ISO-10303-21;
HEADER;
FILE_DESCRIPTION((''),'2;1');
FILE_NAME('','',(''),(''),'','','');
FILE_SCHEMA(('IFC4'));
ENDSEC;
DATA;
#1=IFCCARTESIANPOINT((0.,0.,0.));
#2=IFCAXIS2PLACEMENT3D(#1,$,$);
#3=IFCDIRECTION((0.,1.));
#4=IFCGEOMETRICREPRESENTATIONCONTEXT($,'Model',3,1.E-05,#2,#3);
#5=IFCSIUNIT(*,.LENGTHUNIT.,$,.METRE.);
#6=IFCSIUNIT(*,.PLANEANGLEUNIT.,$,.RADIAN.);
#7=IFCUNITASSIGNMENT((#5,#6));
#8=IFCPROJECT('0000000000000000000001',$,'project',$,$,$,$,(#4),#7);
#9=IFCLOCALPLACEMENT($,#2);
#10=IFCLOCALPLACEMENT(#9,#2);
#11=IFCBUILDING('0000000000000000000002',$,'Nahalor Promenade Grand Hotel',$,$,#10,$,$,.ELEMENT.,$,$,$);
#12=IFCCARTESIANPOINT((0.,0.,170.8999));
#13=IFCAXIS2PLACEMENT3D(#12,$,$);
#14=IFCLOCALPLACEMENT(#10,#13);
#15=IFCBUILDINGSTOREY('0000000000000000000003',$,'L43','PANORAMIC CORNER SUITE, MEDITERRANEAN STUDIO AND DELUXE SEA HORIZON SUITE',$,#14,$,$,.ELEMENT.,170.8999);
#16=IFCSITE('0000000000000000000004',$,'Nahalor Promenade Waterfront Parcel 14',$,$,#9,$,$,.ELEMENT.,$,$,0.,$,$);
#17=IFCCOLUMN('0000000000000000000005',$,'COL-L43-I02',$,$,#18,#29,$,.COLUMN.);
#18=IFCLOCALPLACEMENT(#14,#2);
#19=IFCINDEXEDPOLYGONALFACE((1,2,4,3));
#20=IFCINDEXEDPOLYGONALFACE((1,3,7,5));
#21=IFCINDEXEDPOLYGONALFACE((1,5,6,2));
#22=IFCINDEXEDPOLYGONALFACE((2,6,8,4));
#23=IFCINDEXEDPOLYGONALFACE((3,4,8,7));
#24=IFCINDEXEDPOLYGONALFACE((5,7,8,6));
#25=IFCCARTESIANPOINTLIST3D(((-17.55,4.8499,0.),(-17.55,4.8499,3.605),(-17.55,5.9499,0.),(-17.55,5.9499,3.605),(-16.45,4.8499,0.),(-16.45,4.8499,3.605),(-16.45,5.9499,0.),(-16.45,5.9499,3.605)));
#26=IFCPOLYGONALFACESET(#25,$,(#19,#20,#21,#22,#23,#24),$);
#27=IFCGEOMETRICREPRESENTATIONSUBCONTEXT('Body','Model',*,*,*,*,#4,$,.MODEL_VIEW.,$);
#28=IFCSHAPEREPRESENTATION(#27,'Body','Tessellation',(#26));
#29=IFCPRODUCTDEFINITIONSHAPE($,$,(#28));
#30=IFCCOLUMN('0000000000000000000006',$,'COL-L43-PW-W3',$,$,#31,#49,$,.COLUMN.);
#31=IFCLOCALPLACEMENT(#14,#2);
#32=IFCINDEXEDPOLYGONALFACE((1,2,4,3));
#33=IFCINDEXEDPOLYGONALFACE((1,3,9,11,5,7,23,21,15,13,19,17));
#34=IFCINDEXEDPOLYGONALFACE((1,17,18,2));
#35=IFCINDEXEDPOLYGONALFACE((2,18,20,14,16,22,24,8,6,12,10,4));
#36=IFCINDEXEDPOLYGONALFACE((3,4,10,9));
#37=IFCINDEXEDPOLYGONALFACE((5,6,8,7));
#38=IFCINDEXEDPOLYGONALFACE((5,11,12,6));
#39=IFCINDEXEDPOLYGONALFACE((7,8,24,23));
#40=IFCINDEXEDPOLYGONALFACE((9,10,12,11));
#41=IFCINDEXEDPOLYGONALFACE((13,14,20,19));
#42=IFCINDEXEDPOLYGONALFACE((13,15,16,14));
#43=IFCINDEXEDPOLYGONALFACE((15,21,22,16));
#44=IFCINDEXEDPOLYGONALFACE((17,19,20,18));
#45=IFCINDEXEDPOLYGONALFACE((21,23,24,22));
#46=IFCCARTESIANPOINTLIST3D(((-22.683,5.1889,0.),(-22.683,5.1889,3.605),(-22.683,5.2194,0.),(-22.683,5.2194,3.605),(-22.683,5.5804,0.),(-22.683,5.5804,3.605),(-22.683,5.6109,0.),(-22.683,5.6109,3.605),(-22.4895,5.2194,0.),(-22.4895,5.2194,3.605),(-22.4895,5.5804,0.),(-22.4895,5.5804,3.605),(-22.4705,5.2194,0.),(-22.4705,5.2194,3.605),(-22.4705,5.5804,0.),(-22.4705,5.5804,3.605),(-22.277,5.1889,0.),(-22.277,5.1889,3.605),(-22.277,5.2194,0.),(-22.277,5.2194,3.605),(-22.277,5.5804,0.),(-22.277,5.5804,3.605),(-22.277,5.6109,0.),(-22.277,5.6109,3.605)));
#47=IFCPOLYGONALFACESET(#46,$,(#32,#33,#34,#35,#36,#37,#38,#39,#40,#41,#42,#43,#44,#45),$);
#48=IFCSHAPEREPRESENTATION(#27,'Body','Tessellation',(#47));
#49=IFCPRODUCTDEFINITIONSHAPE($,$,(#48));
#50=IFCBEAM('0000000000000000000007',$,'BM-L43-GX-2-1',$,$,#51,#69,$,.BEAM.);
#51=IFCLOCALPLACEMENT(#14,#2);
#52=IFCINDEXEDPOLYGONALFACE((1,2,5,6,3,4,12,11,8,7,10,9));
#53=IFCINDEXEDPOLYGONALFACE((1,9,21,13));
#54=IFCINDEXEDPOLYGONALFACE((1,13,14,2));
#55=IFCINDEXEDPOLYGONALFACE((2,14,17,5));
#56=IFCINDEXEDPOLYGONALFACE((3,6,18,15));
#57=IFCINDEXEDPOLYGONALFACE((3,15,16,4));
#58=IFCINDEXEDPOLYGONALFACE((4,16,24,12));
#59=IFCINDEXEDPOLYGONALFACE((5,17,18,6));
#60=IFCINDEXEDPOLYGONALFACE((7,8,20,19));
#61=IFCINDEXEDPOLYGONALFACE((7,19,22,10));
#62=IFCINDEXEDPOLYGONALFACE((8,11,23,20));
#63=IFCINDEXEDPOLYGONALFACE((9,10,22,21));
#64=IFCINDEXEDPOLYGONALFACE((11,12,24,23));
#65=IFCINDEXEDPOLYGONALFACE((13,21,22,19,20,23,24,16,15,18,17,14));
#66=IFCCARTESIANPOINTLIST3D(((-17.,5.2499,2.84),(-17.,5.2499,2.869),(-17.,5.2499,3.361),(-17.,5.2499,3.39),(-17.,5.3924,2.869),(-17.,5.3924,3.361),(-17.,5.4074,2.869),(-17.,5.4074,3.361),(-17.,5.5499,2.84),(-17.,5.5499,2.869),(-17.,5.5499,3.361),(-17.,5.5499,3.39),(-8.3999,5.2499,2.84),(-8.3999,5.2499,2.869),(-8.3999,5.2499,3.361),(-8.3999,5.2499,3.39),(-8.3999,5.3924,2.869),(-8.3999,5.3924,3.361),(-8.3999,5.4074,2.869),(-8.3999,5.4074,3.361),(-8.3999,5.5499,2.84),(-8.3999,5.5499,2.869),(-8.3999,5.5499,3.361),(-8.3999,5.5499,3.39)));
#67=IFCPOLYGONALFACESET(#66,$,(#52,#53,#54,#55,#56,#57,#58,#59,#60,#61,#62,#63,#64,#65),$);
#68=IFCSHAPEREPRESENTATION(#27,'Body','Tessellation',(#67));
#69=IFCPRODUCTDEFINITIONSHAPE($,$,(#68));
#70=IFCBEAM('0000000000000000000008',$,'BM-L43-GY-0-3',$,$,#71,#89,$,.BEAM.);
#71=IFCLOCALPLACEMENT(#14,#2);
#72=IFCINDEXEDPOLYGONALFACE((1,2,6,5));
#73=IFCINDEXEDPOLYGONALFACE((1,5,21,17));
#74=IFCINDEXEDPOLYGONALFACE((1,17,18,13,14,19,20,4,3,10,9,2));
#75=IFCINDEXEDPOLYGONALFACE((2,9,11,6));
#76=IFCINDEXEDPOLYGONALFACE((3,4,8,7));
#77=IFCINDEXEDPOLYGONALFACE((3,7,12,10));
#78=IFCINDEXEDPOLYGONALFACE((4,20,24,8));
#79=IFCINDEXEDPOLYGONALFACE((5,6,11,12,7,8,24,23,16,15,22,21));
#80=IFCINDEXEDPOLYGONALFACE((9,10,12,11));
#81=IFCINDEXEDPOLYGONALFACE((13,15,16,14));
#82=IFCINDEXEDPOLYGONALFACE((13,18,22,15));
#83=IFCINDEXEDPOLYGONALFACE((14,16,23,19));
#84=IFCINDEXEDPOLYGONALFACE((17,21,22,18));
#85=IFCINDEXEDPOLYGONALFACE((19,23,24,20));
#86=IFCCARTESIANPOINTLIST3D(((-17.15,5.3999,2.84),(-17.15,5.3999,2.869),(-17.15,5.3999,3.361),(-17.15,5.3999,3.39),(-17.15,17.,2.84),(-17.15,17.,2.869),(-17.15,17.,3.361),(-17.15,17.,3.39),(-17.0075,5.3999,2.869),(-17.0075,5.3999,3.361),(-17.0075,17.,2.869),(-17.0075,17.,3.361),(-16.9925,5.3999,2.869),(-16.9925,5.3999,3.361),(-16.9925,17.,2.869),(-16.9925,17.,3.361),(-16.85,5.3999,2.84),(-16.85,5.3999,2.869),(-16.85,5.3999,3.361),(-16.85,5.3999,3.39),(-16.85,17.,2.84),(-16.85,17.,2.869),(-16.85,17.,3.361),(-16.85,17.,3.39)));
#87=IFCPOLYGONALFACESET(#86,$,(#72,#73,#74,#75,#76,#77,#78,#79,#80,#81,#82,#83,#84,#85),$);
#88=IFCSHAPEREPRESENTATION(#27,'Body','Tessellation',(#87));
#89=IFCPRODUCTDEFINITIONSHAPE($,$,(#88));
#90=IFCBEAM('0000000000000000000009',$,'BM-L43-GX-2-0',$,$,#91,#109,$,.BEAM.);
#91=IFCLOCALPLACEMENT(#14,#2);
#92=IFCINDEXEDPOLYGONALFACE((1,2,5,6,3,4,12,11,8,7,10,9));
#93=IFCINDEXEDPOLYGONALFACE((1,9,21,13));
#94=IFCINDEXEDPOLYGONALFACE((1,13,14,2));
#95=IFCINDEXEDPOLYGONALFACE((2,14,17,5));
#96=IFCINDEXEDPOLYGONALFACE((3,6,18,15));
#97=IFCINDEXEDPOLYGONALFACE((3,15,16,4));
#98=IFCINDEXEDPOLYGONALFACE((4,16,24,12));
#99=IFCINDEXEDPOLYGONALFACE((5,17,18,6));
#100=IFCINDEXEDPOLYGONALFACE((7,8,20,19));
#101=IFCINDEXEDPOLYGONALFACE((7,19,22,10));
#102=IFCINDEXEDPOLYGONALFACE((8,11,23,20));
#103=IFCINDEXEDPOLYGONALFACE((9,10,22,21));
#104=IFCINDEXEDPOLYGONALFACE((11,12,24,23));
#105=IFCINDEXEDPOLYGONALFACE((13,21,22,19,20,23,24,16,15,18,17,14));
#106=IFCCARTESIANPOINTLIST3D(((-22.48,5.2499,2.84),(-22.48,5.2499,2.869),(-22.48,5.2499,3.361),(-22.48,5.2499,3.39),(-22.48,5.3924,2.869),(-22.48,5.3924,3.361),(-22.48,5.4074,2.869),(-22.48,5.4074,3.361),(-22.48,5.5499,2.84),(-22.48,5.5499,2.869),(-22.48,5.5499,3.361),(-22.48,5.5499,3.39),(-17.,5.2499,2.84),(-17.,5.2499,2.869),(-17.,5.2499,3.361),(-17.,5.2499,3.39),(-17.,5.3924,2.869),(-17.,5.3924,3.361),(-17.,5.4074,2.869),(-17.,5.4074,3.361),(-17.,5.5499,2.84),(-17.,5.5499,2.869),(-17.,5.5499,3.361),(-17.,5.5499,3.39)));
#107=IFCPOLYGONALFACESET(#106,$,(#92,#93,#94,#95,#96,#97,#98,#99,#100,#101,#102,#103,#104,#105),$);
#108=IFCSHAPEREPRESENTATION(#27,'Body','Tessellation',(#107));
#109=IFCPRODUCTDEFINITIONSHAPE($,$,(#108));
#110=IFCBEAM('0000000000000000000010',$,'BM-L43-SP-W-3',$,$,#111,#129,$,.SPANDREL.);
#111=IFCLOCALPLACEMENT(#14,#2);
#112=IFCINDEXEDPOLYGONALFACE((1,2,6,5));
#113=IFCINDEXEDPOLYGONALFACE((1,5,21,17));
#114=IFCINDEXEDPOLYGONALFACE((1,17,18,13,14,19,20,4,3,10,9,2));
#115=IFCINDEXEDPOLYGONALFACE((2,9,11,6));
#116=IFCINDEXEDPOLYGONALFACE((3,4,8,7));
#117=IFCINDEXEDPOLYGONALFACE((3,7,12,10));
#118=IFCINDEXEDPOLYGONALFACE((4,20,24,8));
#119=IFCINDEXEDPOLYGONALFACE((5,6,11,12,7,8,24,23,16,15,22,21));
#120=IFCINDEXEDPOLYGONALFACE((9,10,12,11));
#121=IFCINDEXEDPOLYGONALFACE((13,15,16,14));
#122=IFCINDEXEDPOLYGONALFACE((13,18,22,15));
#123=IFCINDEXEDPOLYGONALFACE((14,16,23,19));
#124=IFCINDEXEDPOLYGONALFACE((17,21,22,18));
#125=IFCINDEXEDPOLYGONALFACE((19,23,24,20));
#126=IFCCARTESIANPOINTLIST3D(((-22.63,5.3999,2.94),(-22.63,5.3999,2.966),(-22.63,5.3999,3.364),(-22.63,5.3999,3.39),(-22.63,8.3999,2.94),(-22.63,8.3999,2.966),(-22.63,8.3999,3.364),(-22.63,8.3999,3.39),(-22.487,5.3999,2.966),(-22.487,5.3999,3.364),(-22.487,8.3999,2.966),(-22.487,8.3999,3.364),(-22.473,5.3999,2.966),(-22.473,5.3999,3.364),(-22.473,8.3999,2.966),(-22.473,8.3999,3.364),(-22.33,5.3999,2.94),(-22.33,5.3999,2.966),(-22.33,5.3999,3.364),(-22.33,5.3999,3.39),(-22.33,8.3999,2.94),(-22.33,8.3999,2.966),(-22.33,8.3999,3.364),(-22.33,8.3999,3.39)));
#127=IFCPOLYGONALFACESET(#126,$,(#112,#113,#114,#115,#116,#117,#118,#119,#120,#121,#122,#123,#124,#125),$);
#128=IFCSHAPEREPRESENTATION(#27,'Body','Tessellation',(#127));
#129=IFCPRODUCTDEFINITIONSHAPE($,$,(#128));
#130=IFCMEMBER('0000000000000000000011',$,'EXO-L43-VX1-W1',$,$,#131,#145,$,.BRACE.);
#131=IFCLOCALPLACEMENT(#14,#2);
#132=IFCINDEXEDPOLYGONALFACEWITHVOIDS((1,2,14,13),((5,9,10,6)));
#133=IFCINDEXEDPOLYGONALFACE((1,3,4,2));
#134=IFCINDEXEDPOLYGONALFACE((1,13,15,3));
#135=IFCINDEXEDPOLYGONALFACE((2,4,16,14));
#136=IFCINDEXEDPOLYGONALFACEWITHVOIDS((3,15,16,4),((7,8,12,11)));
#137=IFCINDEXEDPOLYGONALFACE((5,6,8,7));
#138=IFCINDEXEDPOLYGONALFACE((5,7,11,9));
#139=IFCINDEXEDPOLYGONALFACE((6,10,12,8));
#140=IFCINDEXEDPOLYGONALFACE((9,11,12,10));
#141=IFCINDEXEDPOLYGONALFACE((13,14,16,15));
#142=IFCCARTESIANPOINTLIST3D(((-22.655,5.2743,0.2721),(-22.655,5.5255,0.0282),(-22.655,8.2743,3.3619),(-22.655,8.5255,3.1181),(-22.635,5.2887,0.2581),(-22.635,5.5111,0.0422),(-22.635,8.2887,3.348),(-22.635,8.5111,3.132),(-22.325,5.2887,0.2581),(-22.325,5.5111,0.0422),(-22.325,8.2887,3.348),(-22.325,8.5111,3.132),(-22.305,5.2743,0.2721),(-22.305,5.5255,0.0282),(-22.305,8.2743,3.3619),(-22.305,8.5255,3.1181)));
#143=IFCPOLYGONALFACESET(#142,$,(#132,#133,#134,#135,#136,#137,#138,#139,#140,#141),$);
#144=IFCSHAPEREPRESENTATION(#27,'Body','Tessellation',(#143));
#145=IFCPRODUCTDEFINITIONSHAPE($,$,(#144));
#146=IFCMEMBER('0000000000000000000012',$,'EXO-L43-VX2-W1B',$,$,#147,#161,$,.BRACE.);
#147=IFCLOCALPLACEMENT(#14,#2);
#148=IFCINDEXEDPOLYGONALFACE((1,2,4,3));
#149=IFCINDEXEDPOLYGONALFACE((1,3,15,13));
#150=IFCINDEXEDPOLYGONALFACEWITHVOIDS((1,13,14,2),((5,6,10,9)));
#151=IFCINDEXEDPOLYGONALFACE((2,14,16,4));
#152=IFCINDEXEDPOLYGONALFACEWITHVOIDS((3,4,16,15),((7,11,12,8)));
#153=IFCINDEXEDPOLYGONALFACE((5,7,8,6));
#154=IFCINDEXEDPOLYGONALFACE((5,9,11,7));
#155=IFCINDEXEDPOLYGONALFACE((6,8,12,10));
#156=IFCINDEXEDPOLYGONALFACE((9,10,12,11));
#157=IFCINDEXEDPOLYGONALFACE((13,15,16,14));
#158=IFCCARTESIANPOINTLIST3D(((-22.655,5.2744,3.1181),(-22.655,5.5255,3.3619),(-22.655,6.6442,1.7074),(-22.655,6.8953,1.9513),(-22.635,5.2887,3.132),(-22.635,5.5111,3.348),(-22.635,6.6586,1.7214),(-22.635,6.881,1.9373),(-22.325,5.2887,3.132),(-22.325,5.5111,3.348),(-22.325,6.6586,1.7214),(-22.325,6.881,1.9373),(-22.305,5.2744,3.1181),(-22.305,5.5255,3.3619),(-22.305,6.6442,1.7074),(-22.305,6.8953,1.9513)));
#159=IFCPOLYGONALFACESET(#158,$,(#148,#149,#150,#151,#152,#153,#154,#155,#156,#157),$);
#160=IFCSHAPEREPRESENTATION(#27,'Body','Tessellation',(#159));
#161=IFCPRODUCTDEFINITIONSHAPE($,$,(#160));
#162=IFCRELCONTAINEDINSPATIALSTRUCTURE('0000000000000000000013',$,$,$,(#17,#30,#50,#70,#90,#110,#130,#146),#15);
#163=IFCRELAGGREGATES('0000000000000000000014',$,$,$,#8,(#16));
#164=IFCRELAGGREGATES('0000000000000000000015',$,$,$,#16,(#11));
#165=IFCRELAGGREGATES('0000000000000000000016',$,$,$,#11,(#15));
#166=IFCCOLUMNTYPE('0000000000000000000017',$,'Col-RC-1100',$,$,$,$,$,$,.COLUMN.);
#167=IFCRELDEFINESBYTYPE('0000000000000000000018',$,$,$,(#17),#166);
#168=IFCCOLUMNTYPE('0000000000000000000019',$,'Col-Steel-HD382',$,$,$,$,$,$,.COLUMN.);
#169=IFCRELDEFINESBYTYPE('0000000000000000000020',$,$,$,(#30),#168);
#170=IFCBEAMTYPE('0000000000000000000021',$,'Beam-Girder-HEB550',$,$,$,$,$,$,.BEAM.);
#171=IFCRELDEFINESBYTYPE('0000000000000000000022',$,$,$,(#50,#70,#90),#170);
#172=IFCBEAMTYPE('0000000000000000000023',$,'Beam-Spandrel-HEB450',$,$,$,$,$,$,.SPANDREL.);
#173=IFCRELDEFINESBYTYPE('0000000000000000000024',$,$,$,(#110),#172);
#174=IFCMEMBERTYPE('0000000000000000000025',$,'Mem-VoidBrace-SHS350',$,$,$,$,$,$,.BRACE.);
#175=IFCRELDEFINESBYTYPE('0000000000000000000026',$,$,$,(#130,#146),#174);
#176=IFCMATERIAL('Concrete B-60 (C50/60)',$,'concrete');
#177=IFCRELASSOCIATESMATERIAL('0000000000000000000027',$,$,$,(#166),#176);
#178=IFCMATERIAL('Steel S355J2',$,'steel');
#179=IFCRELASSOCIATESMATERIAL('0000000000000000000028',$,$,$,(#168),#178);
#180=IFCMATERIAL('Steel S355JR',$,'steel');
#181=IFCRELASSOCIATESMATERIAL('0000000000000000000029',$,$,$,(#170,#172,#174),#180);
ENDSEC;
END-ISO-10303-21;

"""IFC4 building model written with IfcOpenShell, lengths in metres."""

from ifc_helpers import new_model, si_unit, direction, frame, origin, origin_2d, place, context, subcontext, project, spatial, rectangle, hollow_rectangle, i_section, extrude, source, transform, mapped, material, material_profile, profile_set, type_object, element, save


model = new_model("IFC4")

# Units and contexts
model_context = context("Model", 3, precision=1e-05, world=origin(), true_north=direction((0.0, 1.0)))
body_context = subcontext(model_context, "Body", "Model", "MODEL_VIEW")
ifc_project = project(units=[si_unit("LENGTHUNIT", "METRE"), si_unit("PLANEANGLEUNIT", "RADIAN")], contexts=[model_context])

# Site, building, storey
site_placement = place(None, origin())
site = spatial("IfcSite", under=ifc_project, at=site_placement, Name="Nahalor Promenade Waterfront Parcel 14", CompositionType="ELEMENT", RefElevation=0.0)
building_placement = place(site_placement, origin())
building = spatial("IfcBuilding", under=site, at=building_placement, Name="Nahalor Promenade Grand Hotel", CompositionType="ELEMENT")
storey_placement = place(building_placement, frame((0.0, 0.0, 170.8999)))
storey = spatial("IfcBuildingStorey", under=building, at=storey_placement, Name="L43", Description="PANORAMIC CORNER SUITE, MEDITERRANEAN STUDIO AND DELUXE SEA HORIZON SUITE", CompositionType="ELEMENT", Elevation=170.8999)

# Columns
ifc_material_1 = material(Name="Concrete B-60 (C50/60)", Category="concrete")
ifc_material_profile_1 = material_profile(ifc_material_1, rectangle(XDim=1.1, YDim=1.1, at=origin_2d()), Name="RC 1100x1100")
ifc_profile_set_1 = profile_set([ifc_material_profile_1], Name="Concrete B-60 (C50/60)")
column_type_1 = type_object("IfcColumnType", Name="Col-RC-1100", PredefinedType="COLUMN", material=ifc_profile_set_1)
shared_shape_1 = source(origin(), body_context, "Body", "SweptSolid", [
    extrude(rectangle(XDim=1.1, YDim=1.1, at=origin_2d()), origin(), (0.0, 0.0, 1.0), 3.605),
])
column_1_placement = place(storey_placement, frame((-17.0, 5.3999, 0.0), z_axis=(0.0, 0.0, 1.0), x_axis=(1.0, 0.0, 0.0)))
element("IfcColumn", 1, at=column_1_placement, inside=storey, type_object=column_type_1, Name="COL-L43-I02", PredefinedType="COLUMN", context=body_context, shape_type="MappedRepresentation", body=[
    mapped(shared_shape_1, transform((0.0, 0.0, 0.0), scale=1.0)),
])
ifc_material_2 = material(Name="Steel S355J2", Category="steel")
ifc_material_profile_2 = material_profile(ifc_material_2, i_section(OverallWidth=0.406, OverallDepth=0.422, WebThickness=0.019, FlangeThickness=0.0305, at=origin_2d()), Name="HD 400x382")
ifc_profile_set_2 = profile_set([ifc_material_profile_2], Name="Steel S355J2")
column_type_2 = type_object("IfcColumnType", Name="Col-Steel-HD382", PredefinedType="COLUMN", material=ifc_profile_set_2)
shared_shape_2 = source(origin(), body_context, "Body", "SweptSolid", [
    extrude(i_section(OverallWidth=0.406, OverallDepth=0.422, WebThickness=0.019, FlangeThickness=0.0305, at=origin_2d()), origin(), (0.0, 0.0, 1.0), 3.605),
])
column_2_placement = place(storey_placement, frame((-22.48, 5.3999, 0.0), z_axis=(0.0, 0.0, 1.0), x_axis=(1.0, 0.0, 0.0)))
element("IfcColumn", 2, at=column_2_placement, inside=storey, type_object=column_type_2, Name="COL-L43-PW-W3", PredefinedType="COLUMN", context=body_context, shape_type="MappedRepresentation", body=[
    mapped(shared_shape_2, transform((0.0, 0.0, 0.0), scale=1.0)),
])

# Beams
ifc_material_3 = material(Name="Steel S355JR", Category="steel")
ifc_material_profile_3 = material_profile(ifc_material_3, i_section(OverallWidth=0.3, OverallDepth=0.55, WebThickness=0.015, FlangeThickness=0.029, at=origin_2d()), Name="HEB 550")
ifc_profile_set_3 = profile_set([ifc_material_profile_3], Name="Steel S355JR")
beam_type_1 = type_object("IfcBeamType", Name="Beam-Girder-HEB550", PredefinedType="BEAM", material=ifc_profile_set_3)
shared_shape_3 = source(origin(), body_context, "Body", "SweptSolid", [
    extrude(i_section(OverallWidth=0.3, OverallDepth=0.55, WebThickness=0.015, FlangeThickness=0.029, at=origin_2d()), origin(), (0.0, 0.0, 1.0), 8.6001),
])
beam_1_placement = place(storey_placement, frame((-17.0, 5.3999, 3.115), z_axis=(1.0, 0.0, 0.0), x_axis=(0.0, 1.0, 0.0)))
element("IfcBeam", 3, at=beam_1_placement, inside=storey, type_object=beam_type_1, Name="BM-L43-GX-2-1", PredefinedType="BEAM", context=body_context, shape_type="MappedRepresentation", body=[
    mapped(shared_shape_3, transform((0.0, 0.0, 0.0), scale=1.0)),
])
shared_shape_4 = source(origin(), body_context, "Body", "SweptSolid", [
    extrude(i_section(OverallWidth=0.3, OverallDepth=0.55, WebThickness=0.015, FlangeThickness=0.029, at=origin_2d()), origin(), (0.0, 0.0, 1.0), 11.6001),
])
beam_2_placement = place(storey_placement, frame((-17.0, 5.3999, 3.115), z_axis=(0.0, 1.0, 0.0), x_axis=(-1.0, 0.0, 0.0)))
element("IfcBeam", 4, at=beam_2_placement, inside=storey, type_object=beam_type_1, Name="BM-L43-GY-0-3", PredefinedType="BEAM", context=body_context, shape_type="MappedRepresentation", body=[
    mapped(shared_shape_4, transform((0.0, 0.0, 0.0), scale=1.0)),
])
shared_shape_5 = source(origin(), body_context, "Body", "SweptSolid", [
    extrude(i_section(OverallWidth=0.3, OverallDepth=0.55, WebThickness=0.015, FlangeThickness=0.029, at=origin_2d()), origin(), (0.0, 0.0, 1.0), 5.48),
])
beam_3_placement = place(storey_placement, frame((-22.48, 5.3999, 3.115), z_axis=(1.0, 0.0, 0.0), x_axis=(0.0, 1.0, 0.0)))
element("IfcBeam", 5, at=beam_3_placement, inside=storey, type_object=beam_type_1, Name="BM-L43-GX-2-0", PredefinedType="BEAM", context=body_context, shape_type="MappedRepresentation", body=[
    mapped(shared_shape_5, transform((0.0, 0.0, 0.0), scale=1.0)),
])
ifc_material_profile_4 = material_profile(ifc_material_3, i_section(OverallWidth=0.3, OverallDepth=0.45, WebThickness=0.014, FlangeThickness=0.026, at=origin_2d()), Name="HEB 450")
ifc_profile_set_4 = profile_set([ifc_material_profile_4], Name="Steel S355JR")
beam_type_2 = type_object("IfcBeamType", Name="Beam-Spandrel-HEB450", PredefinedType="SPANDREL", material=ifc_profile_set_4)
shared_shape_6 = source(origin(), body_context, "Body", "SweptSolid", [
    extrude(i_section(OverallWidth=0.3, OverallDepth=0.45, WebThickness=0.014, FlangeThickness=0.026, at=origin_2d()), origin(), (0.0, 0.0, 1.0), 3.0),
])
beam_4_placement = place(storey_placement, frame((-22.48, 5.3999, 3.165), z_axis=(0.0, 1.0, 0.0), x_axis=(-1.0, 0.0, 0.0)))
element("IfcBeam", 6, at=beam_4_placement, inside=storey, type_object=beam_type_2, Name="BM-L43-SP-W-3", PredefinedType="SPANDREL", context=body_context, shape_type="MappedRepresentation", body=[
    mapped(shared_shape_6, transform((0.0, 0.0, 0.0), scale=1.0)),
])

# Members
ifc_material_profile_5 = material_profile(ifc_material_3, hollow_rectangle(XDim=0.35, YDim=0.35, WallThickness=0.02, at=origin_2d()), Name="SHS 350x350x20")
ifc_profile_set_5 = profile_set([ifc_material_profile_5], Name="Steel S355JR")
member_type_1 = type_object("IfcMemberType", Name="Mem-VoidBrace-SHS350", PredefinedType="BRACE", material=ifc_profile_set_5)
shared_shape_7 = source(origin(), body_context, "Body", "SweptSolid", [
    extrude(hollow_rectangle(XDim=0.35, YDim=0.35, WallThickness=0.02, at=origin_2d()), origin(), (0.0, 0.0, 1.0), 4.3066),
])
member_1_placement = place(storey_placement, frame((-22.48, 5.3999, 0.1501), z_axis=(0.0, 0.696599, 0.717461), x_axis=(-1.0, 0.0, 0.0)))
element("IfcMember", 7, at=member_1_placement, inside=storey, type_object=member_type_1, Name="EXO-L43-VX1-W1", PredefinedType="BRACE", context=body_context, shape_type="MappedRepresentation", body=[
    mapped(shared_shape_7, transform((0.0, 0.0, 0.0), scale=1.0)),
])
shared_shape_8 = source(origin(), body_context, "Body", "SweptSolid", [
    extrude(hollow_rectangle(XDim=0.35, YDim=0.35, WallThickness=0.02, at=origin_2d()), origin(), (0.0, 0.0, 1.0), 1.9663),
])
member_2_placement = place(storey_placement, frame((-22.48, 6.7698, 1.8293), z_axis=(0.0, -0.696663, 0.717398), x_axis=(1.0, 0.0, 0.0)))
element("IfcMember", 8, at=member_2_placement, inside=storey, type_object=member_type_1, Name="EXO-L43-VX2-W1B", PredefinedType="BRACE", context=body_context, shape_type="MappedRepresentation", body=[
    mapped(shared_shape_8, transform((0.0, 0.0, 0.0), scale=1.0)),
])

save(model, "model.ifc")
